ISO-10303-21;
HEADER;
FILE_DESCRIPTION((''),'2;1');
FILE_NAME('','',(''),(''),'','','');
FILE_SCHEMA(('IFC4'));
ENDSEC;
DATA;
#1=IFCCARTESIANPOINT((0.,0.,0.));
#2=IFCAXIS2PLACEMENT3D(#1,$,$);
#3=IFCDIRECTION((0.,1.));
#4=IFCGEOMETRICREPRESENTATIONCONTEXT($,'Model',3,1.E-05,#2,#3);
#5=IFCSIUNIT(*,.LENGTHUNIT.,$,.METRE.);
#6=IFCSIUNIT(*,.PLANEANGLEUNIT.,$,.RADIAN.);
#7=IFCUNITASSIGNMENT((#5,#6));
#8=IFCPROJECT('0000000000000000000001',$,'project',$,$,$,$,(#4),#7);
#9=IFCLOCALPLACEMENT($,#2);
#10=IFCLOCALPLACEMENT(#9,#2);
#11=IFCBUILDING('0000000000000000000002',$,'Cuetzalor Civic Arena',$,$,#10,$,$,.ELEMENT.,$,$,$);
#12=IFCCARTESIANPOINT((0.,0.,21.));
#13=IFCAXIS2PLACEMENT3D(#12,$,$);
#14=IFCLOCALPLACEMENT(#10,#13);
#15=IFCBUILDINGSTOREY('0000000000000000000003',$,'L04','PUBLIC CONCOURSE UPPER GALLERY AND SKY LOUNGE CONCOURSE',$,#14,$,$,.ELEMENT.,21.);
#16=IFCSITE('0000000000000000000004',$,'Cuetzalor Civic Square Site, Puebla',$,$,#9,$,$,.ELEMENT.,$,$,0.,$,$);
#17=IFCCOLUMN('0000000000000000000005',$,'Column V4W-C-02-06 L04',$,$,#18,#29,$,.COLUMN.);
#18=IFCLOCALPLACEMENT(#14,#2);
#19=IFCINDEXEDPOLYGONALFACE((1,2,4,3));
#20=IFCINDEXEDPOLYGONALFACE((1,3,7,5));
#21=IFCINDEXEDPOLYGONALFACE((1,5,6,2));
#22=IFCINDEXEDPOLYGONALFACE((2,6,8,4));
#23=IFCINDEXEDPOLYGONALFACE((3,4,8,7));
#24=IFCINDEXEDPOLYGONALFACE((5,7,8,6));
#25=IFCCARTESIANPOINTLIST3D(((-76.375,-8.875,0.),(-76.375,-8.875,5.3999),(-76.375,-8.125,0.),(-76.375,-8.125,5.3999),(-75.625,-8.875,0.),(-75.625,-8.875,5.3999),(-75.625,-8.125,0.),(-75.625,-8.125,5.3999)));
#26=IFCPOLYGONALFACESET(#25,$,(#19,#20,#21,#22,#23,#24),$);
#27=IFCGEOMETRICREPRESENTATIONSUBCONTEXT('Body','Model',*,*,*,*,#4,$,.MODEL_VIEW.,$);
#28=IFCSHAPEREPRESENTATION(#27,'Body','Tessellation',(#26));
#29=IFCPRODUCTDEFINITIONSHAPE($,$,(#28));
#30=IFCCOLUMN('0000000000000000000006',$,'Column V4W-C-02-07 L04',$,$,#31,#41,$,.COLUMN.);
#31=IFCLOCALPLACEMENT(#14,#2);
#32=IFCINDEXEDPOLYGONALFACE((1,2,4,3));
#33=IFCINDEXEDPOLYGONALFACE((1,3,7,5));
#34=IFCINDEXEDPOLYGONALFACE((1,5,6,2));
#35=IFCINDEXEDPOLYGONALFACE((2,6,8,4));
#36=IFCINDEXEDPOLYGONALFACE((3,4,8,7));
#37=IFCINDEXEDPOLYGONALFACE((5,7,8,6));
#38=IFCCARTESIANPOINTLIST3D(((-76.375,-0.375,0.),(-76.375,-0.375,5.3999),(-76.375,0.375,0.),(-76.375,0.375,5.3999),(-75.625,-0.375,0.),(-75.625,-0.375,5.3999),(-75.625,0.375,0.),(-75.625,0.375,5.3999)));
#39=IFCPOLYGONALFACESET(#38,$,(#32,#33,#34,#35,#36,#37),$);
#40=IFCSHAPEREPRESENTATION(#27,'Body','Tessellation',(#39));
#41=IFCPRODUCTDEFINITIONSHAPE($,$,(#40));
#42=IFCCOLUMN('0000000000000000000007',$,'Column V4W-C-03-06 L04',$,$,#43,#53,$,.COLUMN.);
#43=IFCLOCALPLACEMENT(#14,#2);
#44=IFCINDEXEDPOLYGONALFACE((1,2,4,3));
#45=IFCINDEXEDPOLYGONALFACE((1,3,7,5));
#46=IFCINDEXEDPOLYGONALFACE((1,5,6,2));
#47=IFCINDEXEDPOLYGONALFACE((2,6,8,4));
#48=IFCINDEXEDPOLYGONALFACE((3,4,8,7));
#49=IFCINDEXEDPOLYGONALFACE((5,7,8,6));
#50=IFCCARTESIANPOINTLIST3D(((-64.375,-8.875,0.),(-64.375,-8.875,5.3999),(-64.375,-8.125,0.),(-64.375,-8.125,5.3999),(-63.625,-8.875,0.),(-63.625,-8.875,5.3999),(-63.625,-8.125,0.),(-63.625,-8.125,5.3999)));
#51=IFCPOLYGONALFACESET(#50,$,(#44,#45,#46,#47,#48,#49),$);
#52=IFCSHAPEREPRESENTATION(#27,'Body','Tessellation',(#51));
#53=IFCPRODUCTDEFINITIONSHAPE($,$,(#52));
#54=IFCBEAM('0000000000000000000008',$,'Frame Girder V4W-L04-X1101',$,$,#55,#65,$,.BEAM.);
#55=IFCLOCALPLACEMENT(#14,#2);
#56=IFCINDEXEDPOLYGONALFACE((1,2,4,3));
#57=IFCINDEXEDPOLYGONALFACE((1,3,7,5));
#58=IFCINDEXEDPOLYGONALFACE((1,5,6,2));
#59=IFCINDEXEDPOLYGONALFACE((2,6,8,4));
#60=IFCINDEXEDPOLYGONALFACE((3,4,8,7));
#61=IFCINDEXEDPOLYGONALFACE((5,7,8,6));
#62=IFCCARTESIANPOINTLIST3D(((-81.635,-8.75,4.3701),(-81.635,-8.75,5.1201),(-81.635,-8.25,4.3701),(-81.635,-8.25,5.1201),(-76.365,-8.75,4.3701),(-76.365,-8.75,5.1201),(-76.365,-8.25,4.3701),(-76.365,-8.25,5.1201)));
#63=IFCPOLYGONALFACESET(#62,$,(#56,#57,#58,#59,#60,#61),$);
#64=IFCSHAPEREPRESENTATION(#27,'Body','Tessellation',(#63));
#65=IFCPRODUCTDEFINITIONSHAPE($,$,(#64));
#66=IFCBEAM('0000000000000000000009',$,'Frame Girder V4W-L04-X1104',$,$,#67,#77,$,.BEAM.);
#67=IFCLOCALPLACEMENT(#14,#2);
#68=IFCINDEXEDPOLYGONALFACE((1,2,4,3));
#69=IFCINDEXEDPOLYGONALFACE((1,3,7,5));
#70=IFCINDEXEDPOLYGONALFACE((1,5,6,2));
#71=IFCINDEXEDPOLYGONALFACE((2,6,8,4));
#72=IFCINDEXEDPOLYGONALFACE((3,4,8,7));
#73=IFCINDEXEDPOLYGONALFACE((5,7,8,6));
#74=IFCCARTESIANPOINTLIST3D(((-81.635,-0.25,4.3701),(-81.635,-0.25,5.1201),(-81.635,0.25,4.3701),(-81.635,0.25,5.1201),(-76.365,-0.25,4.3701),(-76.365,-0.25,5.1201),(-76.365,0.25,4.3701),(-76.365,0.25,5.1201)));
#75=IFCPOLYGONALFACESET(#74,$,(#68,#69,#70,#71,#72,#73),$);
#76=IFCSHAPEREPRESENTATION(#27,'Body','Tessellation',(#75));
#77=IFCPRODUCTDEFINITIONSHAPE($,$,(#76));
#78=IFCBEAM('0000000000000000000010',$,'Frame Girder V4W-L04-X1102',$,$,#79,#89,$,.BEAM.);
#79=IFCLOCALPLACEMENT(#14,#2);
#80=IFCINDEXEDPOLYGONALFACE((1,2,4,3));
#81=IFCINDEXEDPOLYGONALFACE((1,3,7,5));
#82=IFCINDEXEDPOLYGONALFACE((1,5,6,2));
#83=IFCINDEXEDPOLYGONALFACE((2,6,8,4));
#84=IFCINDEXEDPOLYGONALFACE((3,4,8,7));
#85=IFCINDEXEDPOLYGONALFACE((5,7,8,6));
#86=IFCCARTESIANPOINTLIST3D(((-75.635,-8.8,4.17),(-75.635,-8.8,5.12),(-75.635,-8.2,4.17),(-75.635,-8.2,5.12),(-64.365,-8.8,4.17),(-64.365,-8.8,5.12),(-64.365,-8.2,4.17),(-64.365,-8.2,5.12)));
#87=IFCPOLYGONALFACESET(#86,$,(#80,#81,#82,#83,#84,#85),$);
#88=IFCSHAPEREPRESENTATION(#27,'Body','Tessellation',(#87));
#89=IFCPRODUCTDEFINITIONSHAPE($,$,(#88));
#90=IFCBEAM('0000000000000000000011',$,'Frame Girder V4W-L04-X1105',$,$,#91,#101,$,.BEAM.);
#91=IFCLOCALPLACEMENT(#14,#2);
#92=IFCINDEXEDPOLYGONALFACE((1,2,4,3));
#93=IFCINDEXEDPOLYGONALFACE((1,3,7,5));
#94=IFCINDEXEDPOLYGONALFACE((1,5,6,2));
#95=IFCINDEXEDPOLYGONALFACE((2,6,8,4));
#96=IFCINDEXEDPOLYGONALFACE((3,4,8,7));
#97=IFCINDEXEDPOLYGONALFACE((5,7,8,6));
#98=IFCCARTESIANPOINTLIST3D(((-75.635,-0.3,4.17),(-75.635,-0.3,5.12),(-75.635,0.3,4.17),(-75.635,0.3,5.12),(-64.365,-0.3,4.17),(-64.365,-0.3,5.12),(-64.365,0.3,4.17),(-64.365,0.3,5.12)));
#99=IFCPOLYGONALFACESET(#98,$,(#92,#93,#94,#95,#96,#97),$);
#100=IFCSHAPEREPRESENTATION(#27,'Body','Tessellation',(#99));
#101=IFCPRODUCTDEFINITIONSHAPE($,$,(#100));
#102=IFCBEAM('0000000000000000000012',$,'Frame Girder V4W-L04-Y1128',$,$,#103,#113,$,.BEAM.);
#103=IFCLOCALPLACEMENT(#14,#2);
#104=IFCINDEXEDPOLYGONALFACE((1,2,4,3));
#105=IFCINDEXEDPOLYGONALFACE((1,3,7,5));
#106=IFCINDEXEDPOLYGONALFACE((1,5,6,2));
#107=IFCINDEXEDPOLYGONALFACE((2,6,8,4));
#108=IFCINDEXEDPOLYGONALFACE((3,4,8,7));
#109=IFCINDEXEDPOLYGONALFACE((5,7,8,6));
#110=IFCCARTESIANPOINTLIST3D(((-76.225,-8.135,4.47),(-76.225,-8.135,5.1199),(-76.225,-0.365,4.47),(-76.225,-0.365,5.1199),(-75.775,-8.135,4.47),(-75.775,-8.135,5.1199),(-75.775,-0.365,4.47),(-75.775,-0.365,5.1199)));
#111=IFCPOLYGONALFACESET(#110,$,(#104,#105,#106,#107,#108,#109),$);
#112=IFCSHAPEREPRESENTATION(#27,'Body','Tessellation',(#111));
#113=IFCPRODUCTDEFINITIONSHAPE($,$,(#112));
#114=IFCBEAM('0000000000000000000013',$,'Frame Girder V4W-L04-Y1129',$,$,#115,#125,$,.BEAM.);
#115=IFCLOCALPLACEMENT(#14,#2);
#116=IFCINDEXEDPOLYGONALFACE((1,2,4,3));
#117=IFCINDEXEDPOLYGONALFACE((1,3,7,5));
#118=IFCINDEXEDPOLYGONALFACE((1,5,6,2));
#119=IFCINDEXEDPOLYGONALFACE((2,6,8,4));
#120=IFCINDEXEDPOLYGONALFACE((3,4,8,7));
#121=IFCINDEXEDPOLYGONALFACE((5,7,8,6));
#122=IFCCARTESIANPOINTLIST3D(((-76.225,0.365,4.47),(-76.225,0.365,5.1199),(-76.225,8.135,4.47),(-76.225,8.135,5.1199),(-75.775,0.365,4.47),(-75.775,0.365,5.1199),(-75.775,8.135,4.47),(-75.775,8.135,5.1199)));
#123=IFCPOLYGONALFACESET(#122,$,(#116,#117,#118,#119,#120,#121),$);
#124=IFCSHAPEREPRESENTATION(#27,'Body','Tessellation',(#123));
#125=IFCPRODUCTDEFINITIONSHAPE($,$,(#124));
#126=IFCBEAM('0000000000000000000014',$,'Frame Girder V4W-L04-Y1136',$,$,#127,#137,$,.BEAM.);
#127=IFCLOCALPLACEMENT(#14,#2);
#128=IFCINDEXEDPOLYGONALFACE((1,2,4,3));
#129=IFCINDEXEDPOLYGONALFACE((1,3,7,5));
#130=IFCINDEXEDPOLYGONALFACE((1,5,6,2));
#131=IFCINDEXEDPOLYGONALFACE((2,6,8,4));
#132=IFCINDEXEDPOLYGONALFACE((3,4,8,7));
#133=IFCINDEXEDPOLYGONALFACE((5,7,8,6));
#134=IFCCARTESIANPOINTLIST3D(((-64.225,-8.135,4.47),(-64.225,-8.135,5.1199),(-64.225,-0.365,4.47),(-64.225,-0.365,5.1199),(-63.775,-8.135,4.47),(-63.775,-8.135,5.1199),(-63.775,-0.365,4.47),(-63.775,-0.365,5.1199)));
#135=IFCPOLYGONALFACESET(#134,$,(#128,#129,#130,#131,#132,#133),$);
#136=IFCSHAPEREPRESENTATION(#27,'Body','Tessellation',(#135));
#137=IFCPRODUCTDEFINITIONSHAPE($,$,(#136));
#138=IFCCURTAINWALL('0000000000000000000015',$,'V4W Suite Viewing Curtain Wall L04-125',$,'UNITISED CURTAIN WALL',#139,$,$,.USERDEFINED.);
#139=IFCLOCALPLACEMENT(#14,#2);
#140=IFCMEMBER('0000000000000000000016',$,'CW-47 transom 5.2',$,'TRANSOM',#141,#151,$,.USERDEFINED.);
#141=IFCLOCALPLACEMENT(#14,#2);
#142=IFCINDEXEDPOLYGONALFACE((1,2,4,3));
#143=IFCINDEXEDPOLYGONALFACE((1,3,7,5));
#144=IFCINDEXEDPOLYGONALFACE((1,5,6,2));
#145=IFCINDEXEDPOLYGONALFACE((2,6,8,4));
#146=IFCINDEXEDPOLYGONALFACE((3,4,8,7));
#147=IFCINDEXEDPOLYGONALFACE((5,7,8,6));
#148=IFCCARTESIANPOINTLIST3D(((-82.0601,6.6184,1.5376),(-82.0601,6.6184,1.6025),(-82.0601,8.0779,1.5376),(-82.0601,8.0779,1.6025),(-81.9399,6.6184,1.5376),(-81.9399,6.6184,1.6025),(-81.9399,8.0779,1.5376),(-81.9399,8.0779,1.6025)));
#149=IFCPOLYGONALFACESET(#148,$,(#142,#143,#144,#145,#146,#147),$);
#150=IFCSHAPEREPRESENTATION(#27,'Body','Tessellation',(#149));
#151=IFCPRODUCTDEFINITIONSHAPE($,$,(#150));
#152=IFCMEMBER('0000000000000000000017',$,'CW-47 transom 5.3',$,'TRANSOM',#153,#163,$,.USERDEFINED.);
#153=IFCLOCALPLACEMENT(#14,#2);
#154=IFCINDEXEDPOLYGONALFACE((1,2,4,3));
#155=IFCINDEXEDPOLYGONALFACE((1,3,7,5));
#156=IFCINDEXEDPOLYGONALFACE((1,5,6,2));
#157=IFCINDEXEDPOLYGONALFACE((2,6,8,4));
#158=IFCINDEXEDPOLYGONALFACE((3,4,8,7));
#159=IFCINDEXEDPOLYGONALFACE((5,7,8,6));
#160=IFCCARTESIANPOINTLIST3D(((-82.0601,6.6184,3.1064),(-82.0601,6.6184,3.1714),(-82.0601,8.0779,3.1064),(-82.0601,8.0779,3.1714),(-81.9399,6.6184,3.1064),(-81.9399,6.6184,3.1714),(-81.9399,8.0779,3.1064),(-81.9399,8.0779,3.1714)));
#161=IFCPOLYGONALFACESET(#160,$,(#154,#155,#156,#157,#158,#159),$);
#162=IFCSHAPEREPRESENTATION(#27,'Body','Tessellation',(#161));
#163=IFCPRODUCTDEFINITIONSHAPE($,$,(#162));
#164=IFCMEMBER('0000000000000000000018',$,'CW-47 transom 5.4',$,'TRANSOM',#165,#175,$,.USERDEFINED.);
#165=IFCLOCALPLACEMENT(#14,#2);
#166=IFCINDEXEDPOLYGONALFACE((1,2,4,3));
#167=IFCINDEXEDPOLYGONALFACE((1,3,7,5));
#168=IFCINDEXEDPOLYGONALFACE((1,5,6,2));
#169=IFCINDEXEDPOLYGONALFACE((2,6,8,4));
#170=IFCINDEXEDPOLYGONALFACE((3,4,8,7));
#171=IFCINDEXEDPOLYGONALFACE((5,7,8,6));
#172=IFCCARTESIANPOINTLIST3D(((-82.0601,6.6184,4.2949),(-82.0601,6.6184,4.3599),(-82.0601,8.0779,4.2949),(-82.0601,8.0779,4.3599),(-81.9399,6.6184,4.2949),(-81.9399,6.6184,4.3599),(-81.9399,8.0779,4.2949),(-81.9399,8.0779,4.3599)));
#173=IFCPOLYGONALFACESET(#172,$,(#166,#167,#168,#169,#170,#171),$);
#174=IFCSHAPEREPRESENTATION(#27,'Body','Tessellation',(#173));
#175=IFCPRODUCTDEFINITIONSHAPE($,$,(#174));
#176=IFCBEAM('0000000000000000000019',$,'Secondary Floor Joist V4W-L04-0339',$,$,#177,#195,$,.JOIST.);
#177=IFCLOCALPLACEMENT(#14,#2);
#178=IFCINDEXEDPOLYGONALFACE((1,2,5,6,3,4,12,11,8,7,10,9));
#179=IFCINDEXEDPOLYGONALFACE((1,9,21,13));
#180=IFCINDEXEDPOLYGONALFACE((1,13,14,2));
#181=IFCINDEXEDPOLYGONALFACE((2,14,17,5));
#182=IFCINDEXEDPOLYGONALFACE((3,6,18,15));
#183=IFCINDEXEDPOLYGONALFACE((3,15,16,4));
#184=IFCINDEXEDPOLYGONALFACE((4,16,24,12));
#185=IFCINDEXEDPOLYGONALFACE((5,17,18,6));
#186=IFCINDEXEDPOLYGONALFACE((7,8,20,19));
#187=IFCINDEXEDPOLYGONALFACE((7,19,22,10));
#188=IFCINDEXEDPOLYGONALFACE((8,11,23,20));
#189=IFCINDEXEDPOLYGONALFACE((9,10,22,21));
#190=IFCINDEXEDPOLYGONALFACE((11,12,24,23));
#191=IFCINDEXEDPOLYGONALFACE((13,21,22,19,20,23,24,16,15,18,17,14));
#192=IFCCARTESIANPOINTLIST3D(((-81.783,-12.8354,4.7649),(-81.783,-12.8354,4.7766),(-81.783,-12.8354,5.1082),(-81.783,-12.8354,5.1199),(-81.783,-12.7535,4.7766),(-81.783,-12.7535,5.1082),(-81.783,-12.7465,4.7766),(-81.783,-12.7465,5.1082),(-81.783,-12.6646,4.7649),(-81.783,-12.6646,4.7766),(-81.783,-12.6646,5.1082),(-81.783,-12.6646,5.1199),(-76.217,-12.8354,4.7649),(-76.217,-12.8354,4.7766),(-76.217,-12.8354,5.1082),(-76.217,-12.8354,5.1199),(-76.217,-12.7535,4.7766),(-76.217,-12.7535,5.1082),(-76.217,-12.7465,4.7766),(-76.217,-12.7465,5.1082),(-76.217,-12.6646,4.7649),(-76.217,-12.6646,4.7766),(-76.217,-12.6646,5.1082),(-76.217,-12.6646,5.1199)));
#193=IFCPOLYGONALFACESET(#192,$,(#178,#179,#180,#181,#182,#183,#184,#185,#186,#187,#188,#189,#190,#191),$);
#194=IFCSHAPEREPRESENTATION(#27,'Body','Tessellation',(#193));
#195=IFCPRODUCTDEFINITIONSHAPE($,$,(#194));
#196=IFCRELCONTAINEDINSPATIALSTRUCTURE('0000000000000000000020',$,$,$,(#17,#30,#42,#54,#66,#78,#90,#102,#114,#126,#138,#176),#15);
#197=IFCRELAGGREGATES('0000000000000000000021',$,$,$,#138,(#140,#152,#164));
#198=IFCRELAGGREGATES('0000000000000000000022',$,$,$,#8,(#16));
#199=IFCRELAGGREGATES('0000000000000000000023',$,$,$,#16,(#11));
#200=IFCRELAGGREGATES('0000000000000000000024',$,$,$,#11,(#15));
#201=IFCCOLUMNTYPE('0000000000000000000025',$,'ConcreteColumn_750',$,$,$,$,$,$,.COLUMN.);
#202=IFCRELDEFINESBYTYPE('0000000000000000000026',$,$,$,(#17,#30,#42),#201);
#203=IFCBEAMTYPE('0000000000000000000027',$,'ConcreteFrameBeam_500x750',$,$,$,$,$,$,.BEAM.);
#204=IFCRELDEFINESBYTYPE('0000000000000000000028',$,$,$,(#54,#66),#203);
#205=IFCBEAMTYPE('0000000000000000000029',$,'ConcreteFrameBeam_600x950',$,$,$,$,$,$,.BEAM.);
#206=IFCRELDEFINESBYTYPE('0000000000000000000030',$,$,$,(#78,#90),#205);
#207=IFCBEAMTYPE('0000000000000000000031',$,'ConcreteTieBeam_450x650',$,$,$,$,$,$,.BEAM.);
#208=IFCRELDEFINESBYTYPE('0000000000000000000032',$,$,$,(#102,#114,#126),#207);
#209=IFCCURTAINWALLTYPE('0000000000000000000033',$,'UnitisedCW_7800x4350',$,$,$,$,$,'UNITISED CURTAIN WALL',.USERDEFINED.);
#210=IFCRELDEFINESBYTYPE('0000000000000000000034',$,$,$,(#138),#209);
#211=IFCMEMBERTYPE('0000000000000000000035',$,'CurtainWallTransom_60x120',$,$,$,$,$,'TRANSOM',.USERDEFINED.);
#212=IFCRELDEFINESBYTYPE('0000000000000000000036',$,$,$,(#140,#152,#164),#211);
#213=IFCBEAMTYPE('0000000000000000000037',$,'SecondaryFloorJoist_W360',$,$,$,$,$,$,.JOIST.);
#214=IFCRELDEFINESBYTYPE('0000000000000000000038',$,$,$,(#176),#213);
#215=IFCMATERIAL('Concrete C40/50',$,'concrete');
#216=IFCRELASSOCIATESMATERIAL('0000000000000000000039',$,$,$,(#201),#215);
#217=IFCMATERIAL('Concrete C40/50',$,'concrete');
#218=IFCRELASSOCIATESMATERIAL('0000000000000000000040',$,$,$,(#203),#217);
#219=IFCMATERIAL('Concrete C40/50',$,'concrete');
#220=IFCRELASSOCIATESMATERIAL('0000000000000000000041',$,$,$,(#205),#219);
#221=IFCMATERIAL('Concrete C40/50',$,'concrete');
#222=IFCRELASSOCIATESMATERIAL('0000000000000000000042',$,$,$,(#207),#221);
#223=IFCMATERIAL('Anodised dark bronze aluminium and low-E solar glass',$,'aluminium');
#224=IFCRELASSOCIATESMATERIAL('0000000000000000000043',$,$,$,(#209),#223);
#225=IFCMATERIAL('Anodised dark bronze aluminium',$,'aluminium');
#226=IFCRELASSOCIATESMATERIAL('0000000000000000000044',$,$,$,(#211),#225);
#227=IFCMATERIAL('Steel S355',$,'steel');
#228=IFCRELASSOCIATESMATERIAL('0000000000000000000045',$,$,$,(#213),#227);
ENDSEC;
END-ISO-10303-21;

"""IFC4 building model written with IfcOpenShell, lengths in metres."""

from ifc_helpers import new_model, si_unit, direction, frame, origin, origin_2d, place, context, subcontext, project, spatial, rectangle, i_section, extrude, material, material_profile, profile_set, type_object, element, aggregate, save


model = new_model("IFC4")

# Units and contexts
model_context = context("Model", 3, precision=1e-05, world=origin(), true_north=direction((0.0, 1.0)))
body_context = subcontext(model_context, "Body", "Model", "MODEL_VIEW")
ifc_project = project(units=[si_unit("LENGTHUNIT", "METRE"), si_unit("PLANEANGLEUNIT", "RADIAN")], contexts=[model_context])

# Site, building, storey
site_placement = place(None, origin())
site = spatial("IfcSite", under=ifc_project, at=site_placement, Name="Cuetzalor Civic Square Site, Puebla", CompositionType="ELEMENT", RefElevation=0.0)
building_placement = place(site_placement, origin())
building = spatial("IfcBuilding", under=site, at=building_placement, Name="Cuetzalor Civic Arena", CompositionType="ELEMENT")
storey_placement = place(building_placement, frame((0.0, 0.0, 21.0)))
storey = spatial("IfcBuildingStorey", under=building, at=storey_placement, Name="L04", Description="PUBLIC CONCOURSE UPPER GALLERY AND SKY LOUNGE CONCOURSE", CompositionType="ELEMENT", Elevation=21.0)

# Columns
ifc_material_1 = material(Name="Concrete C40/50", Category="concrete")
ifc_material_profile_1 = material_profile(ifc_material_1, rectangle(XDim=0.75, YDim=0.75, at=origin_2d()), Name="RC 750x750")
ifc_profile_set_1 = profile_set([ifc_material_profile_1], Name="Concrete C40/50")
column_type = type_object("IfcColumnType", Name="ConcreteColumn_750", PredefinedType="COLUMN", material=ifc_profile_set_1)
for number, where, z_axis, x_axis, name in (
    (1, (-76.0, -8.5, 0.0), (0.0, 0.0, 1.0), (1.0, 0.0, 0.0), "Column V4W-C-02-06 L04"),
    (2, (-76.0, 0.0, 0.0), (0.0, 0.0, 1.0), (1.0, 0.0, 0.0), "Column V4W-C-02-07 L04"),
    (3, (-64.0, -8.5, 0.0), (0.0, 0.0, 1.0), (1.0, 0.0, 0.0), "Column V4W-C-03-06 L04"),
):
    element("IfcColumn", number, at=place(storey_placement, frame(where, z_axis=z_axis, x_axis=x_axis)), inside=storey, type_object=column_type, Name=name, PredefinedType="COLUMN", context=body_context, shape_type="SweptSolid", body=[
        extrude(rectangle(XDim=0.75, YDim=0.75, at=origin_2d()), origin(), (0.0, 0.0, 1.0), 5.3999),
    ])

# Beams
ifc_material_2 = material(Name="Concrete C40/50", Category="concrete")
ifc_material_profile_2 = material_profile(ifc_material_2, rectangle(XDim=0.5, YDim=0.75, at=origin_2d()), Name="RC 500x750")
ifc_profile_set_2 = profile_set([ifc_material_profile_2], Name="Concrete C40/50")
beam_type_1 = type_object("IfcBeamType", Name="ConcreteFrameBeam_500x750", PredefinedType="BEAM", material=ifc_profile_set_2)
for number, where, z_axis, x_axis, name in (
    (4, (-81.635, -8.5, 4.7451), (1.0, 0.0, 0.0), (0.0, 1.0, 0.0), "Frame Girder V4W-L04-X1101"),
    (5, (-81.635, 0.0, 4.7451), (1.0, 0.0, 0.0), (0.0, 1.0, 0.0), "Frame Girder V4W-L04-X1104"),
):
    element("IfcBeam", number, at=place(storey_placement, frame(where, z_axis=z_axis, x_axis=x_axis)), inside=storey, type_object=beam_type_1, Name=name, PredefinedType="BEAM", context=body_context, shape_type="SweptSolid", body=[
        extrude(rectangle(XDim=0.5, YDim=0.75, at=origin_2d()), origin(), (0.0, 0.0, 1.0), 5.27),
    ])
ifc_material_3 = material(Name="Concrete C40/50", Category="concrete")
ifc_material_profile_3 = material_profile(ifc_material_3, rectangle(XDim=0.6001, YDim=0.95, at=origin_2d()), Name="RC 600x950")
ifc_profile_set_3 = profile_set([ifc_material_profile_3], Name="Concrete C40/50")
beam_type_2 = type_object("IfcBeamType", Name="ConcreteFrameBeam_600x950", PredefinedType="BEAM", material=ifc_profile_set_3)
for number, where, z_axis, x_axis, name in (
    (6, (-75.635, -8.5, 4.645), (1.0, 0.0, 0.0), (0.0, 1.0, 0.0), "Frame Girder V4W-L04-X1102"),
    (7, (-75.635, 0.0, 4.645), (1.0, 0.0, 0.0), (0.0, 1.0, 0.0), "Frame Girder V4W-L04-X1105"),
):
    element("IfcBeam", number, at=place(storey_placement, frame(where, z_axis=z_axis, x_axis=x_axis)), inside=storey, type_object=beam_type_2, Name=name, PredefinedType="BEAM", context=body_context, shape_type="SweptSolid", body=[
        extrude(rectangle(XDim=0.6001, YDim=0.95, at=origin_2d()), origin(), (0.0, 0.0, 1.0), 11.27),
    ])
ifc_material_4 = material(Name="Concrete C40/50", Category="concrete")
ifc_material_profile_4 = material_profile(ifc_material_4, rectangle(XDim=0.45, YDim=0.6499, at=origin_2d()), Name="RC 450x650")
ifc_profile_set_4 = profile_set([ifc_material_profile_4], Name="Concrete C40/50")
beam_type_3 = type_object("IfcBeamType", Name="ConcreteTieBeam_450x650", PredefinedType="BEAM", material=ifc_profile_set_4)
for number, where, z_axis, x_axis, name in (
    (8, (-76.0, -8.135, 4.7949), (0.0, 1.0, 0.0), (-1.0, 0.0, 0.0), "Frame Girder V4W-L04-Y1128"),
    (9, (-76.0, 0.365, 4.7949), (0.0, 1.0, 0.0), (-1.0, 0.0, 0.0), "Frame Girder V4W-L04-Y1129"),
    (10, (-64.0, -8.135, 4.7949), (0.0, 1.0, 0.0), (-1.0, 0.0, 0.0), "Frame Girder V4W-L04-Y1136"),
):
    element("IfcBeam", number, at=place(storey_placement, frame(where, z_axis=z_axis, x_axis=x_axis)), inside=storey, type_object=beam_type_3, Name=name, PredefinedType="BEAM", context=body_context, shape_type="SweptSolid", body=[
        extrude(rectangle(XDim=0.45, YDim=0.6499, at=origin_2d()), origin(), (0.0, 0.0, 1.0), 7.77),
    ])

# Curtain wall, members
ifc_material_5 = material(Name="Anodised dark bronze aluminium and low-E solar glass", Category="aluminium")
curtain_wall_type = type_object("IfcCurtainWallType", Name="UnitisedCW_7800x4350", ElementType="UNITISED CURTAIN WALL", PredefinedType="USERDEFINED", material=ifc_material_5)
curtain_wall_placement = place(storey_placement, origin())
curtain_wall = element("IfcCurtainWall", 11, at=curtain_wall_placement, inside=storey, type_object=curtain_wall_type, Name="V4W Suite Viewing Curtain Wall L04-125", ObjectType="UNITISED CURTAIN WALL", PredefinedType="USERDEFINED")
ifc_material_6 = material(Name="Anodised dark bronze aluminium", Category="aluminium")
ifc_material_profile_5 = material_profile(ifc_material_6, rectangle(XDim=0.1201, YDim=0.0649, at=origin_2d()), Name="ALU TRANSOM 65x120")
ifc_profile_set_5 = profile_set([ifc_material_profile_5], Name="Anodised dark bronze aluminium")
member_type = type_object("IfcMemberType", Name="CurtainWallTransom_60x120", ElementType="TRANSOM", PredefinedType="USERDEFINED", material=ifc_profile_set_5)
member_1_placement = place(storey_placement, frame((-82.0, 6.6184, 1.5701), z_axis=(0.0, 1.0, 0.0), x_axis=(-1.0, 0.0, 0.0)))
member_1 = element("IfcMember", 12, at=member_1_placement, type_object=member_type, Name="CW-47 transom 5.2", ObjectType="TRANSOM", PredefinedType="USERDEFINED", context=body_context, shape_type="SweptSolid", body=[
    extrude(rectangle(XDim=0.1201, YDim=0.0649, at=origin_2d()), origin(), (0.0, 0.0, 1.0), 1.4595),
])
member_2_placement = place(storey_placement, frame((-82.0, 6.6184, 3.1389), z_axis=(0.0, 1.0, 0.0), x_axis=(-1.0, 0.0, 0.0)))
member_2 = element("IfcMember", 13, at=member_2_placement, type_object=member_type, Name="CW-47 transom 5.3", ObjectType="TRANSOM", PredefinedType="USERDEFINED", context=body_context, shape_type="SweptSolid", body=[
    extrude(rectangle(XDim=0.1201, YDim=0.0649, at=origin_2d()), origin(), (0.0, 0.0, 1.0), 1.4595),
])
member_3_placement = place(storey_placement, frame((-82.0, 6.6184, 4.3274), z_axis=(0.0, 1.0, 0.0), x_axis=(-1.0, 0.0, 0.0)))
member_3 = element("IfcMember", 14, at=member_3_placement, type_object=member_type, Name="CW-47 transom 5.4", ObjectType="TRANSOM", PredefinedType="USERDEFINED", context=body_context, shape_type="SweptSolid", body=[
    extrude(rectangle(XDim=0.1201, YDim=0.0649, at=origin_2d()), origin(), (0.0, 0.0, 1.0), 1.4595),
])

# Beam
ifc_material_7 = material(Name="Steel S355", Category="steel")
ifc_material_profile_6 = material_profile(ifc_material_7, i_section(OverallWidth=0.1709, OverallDepth=0.355, WebThickness=0.0071, FlangeThickness=0.0117, at=origin_2d()), Name="W360x51")
ifc_profile_set_6 = profile_set([ifc_material_profile_6], Name="Steel S355")
beam_type_4 = type_object("IfcBeamType", Name="SecondaryFloorJoist_W360", PredefinedType="JOIST", material=ifc_profile_set_6)
for number, where, z_axis, x_axis, name in (
    (15, (-81.783, -12.75, 4.9424), (1.0, 0.0, 0.0), (0.0, 1.0, 0.0), "Secondary Floor Joist V4W-L04-0339"),
):
    element("IfcBeam", number, at=place(storey_placement, frame(where, z_axis=z_axis, x_axis=x_axis)), inside=storey, type_object=beam_type_4, Name=name, PredefinedType="JOIST", context=body_context, shape_type="SweptSolid", body=[
        extrude(i_section(OverallWidth=0.1709, OverallDepth=0.355, WebThickness=0.0071, FlangeThickness=0.0117, at=origin_2d()), origin(), (0.0, 0.0, 1.0), 5.5659),
    ])

aggregate(curtain_wall, [member_1, member_2, member_3])

save(model, "model.ifc")
